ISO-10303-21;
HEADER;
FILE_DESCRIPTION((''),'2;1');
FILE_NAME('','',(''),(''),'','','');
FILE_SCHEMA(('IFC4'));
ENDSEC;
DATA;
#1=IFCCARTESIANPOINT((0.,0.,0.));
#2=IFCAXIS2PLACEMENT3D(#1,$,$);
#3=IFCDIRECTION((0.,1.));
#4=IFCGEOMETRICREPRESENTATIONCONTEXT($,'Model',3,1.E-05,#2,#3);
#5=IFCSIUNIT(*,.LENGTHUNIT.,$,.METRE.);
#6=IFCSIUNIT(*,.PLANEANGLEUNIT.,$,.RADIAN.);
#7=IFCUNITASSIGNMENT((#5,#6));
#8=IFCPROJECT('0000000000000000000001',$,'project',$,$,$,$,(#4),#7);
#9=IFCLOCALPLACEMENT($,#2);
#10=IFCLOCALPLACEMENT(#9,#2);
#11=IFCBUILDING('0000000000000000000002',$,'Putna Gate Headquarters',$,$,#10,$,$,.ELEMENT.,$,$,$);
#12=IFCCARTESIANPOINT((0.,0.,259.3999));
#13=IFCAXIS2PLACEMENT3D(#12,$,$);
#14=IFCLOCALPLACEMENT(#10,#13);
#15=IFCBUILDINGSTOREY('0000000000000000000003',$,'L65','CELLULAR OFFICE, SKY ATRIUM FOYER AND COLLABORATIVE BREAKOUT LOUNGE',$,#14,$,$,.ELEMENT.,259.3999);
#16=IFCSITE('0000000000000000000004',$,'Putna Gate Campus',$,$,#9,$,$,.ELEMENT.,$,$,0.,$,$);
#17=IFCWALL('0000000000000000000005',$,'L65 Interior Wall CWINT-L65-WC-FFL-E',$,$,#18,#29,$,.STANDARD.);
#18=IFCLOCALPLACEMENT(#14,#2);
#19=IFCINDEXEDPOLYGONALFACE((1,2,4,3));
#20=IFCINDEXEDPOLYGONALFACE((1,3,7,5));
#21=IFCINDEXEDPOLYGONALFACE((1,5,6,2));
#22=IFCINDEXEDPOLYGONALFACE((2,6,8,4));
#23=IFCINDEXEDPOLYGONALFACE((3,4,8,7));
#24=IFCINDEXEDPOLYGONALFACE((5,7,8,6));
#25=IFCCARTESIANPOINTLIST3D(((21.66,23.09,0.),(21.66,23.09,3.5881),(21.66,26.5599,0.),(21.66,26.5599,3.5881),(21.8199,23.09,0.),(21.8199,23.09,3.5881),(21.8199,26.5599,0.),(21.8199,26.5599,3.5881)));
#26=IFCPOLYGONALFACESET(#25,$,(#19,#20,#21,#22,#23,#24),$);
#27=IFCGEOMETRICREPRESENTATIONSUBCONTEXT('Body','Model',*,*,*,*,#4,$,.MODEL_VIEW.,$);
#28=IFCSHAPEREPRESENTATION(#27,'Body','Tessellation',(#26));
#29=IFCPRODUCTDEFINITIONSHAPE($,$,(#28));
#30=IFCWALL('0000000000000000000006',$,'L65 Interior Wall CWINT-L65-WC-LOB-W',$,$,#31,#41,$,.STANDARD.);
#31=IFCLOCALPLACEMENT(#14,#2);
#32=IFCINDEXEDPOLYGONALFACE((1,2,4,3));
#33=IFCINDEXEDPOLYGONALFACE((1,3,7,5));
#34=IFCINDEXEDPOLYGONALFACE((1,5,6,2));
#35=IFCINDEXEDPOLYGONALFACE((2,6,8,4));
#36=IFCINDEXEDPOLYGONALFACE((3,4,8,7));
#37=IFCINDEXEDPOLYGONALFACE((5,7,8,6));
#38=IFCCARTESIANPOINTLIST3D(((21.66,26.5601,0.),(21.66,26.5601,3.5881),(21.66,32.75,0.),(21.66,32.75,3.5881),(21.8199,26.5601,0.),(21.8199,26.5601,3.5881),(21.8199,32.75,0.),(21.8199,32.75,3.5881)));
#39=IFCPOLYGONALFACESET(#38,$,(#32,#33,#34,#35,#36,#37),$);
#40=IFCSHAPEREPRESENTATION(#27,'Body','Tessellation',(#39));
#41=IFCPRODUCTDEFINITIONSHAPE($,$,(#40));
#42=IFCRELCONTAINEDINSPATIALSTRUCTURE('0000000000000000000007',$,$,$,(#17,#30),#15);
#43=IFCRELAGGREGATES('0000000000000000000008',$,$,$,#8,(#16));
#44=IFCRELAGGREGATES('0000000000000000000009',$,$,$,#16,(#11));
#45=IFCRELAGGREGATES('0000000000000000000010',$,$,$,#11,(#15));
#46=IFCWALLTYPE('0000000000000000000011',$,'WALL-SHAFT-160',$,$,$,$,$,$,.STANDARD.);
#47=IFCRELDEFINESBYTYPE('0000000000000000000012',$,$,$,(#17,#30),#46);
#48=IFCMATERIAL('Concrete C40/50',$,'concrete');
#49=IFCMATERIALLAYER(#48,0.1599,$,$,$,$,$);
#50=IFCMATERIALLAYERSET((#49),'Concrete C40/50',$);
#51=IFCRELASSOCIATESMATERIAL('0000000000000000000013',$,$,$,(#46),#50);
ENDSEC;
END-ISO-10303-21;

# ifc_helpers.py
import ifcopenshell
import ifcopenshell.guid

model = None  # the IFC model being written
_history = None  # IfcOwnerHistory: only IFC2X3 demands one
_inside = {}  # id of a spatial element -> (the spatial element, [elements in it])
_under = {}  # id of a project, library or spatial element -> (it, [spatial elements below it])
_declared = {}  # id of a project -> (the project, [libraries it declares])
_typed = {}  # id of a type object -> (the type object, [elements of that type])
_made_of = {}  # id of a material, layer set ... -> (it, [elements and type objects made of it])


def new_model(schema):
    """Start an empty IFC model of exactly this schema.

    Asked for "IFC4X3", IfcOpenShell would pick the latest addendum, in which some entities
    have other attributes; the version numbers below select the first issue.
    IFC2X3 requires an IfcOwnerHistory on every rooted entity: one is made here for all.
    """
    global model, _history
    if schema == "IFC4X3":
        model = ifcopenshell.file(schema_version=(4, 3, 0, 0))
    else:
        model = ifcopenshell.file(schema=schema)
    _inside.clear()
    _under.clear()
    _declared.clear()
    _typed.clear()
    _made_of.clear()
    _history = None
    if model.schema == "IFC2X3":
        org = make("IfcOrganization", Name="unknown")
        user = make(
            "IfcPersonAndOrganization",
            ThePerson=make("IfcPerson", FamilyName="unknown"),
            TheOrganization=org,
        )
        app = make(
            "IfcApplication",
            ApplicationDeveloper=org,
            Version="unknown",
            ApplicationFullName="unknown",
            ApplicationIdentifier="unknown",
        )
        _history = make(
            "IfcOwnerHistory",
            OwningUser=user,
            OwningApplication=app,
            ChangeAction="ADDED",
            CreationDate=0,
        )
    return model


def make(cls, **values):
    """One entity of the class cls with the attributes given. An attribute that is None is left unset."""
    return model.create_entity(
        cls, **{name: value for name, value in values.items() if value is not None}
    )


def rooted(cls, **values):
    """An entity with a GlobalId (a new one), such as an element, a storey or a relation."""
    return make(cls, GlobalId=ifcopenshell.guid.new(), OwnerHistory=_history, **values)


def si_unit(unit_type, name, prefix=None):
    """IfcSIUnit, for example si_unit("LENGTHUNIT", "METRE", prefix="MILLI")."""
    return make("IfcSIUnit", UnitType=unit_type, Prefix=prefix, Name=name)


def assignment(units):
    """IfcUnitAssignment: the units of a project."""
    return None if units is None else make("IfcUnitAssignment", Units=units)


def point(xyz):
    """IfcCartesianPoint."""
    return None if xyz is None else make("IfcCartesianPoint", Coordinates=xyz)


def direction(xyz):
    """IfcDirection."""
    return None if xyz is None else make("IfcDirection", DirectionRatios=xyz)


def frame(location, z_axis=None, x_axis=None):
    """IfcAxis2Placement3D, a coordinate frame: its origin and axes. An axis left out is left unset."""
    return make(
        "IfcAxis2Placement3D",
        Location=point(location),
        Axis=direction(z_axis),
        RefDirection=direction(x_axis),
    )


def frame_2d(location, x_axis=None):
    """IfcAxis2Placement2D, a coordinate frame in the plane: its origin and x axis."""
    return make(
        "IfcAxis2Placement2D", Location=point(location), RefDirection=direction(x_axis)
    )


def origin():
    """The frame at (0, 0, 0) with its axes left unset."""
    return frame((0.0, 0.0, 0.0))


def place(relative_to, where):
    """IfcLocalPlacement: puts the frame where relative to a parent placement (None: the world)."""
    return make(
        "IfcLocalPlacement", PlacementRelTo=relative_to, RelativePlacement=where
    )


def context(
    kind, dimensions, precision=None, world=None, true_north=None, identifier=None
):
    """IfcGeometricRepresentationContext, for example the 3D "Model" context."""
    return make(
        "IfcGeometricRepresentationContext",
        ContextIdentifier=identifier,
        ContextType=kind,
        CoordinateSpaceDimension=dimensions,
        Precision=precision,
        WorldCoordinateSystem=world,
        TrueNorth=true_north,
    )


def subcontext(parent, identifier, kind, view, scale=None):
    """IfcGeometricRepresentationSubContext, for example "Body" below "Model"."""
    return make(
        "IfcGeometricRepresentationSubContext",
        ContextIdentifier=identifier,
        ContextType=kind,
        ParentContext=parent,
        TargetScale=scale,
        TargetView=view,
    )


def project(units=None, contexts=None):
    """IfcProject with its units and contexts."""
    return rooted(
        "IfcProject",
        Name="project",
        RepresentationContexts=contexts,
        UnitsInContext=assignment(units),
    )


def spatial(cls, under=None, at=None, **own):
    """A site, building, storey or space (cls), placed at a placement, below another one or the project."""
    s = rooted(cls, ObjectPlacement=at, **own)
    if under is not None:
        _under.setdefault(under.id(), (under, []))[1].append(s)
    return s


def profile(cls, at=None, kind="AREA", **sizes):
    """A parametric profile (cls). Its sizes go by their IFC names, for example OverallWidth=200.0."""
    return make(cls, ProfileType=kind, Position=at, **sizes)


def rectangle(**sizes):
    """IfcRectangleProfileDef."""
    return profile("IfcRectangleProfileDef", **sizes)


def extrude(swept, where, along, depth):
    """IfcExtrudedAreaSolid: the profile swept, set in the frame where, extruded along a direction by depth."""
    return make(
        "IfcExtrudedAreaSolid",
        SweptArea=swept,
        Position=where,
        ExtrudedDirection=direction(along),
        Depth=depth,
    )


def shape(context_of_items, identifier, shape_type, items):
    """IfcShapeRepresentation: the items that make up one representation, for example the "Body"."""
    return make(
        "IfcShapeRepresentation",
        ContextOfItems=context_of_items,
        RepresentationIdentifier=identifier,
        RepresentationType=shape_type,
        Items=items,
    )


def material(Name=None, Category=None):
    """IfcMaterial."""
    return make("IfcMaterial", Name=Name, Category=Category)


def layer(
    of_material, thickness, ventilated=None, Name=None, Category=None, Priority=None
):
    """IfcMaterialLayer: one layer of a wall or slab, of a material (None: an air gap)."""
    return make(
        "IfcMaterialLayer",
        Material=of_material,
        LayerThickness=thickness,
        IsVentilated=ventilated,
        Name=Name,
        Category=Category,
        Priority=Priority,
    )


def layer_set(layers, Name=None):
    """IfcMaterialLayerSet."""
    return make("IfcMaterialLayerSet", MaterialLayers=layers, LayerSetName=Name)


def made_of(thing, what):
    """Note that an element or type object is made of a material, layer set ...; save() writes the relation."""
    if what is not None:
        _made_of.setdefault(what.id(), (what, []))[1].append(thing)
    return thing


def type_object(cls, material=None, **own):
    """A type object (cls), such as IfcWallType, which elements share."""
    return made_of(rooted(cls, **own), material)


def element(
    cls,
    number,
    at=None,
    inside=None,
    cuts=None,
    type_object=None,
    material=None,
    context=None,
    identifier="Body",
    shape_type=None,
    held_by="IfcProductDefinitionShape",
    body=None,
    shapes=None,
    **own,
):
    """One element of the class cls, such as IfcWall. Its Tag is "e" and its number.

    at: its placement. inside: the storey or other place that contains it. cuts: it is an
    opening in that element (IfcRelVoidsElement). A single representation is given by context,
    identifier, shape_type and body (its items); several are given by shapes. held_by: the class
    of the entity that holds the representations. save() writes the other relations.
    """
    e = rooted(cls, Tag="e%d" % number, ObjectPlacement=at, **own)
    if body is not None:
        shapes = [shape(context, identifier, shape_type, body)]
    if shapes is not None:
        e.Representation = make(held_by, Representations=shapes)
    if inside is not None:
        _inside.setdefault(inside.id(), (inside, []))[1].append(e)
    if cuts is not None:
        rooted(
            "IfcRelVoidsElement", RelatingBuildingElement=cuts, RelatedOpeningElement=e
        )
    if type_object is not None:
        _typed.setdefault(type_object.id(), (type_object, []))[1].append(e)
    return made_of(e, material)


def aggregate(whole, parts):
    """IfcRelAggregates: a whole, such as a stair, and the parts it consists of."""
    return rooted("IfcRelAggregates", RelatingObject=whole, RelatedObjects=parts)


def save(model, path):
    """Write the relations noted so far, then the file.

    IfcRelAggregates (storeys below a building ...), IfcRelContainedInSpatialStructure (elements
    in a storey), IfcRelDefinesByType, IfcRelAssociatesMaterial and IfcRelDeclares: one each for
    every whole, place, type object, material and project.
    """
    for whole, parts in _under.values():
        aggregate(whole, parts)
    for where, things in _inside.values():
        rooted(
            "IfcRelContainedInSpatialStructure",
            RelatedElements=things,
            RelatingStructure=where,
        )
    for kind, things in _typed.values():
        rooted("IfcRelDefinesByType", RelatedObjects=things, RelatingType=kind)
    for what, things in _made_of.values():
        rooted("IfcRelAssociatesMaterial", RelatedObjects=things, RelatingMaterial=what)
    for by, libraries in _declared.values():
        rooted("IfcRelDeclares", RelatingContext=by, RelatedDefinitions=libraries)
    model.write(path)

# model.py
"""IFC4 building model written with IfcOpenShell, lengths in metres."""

from ifc_helpers import new_model, si_unit, direction, frame, frame_2d, origin, place, context, subcontext, project, spatial, rectangle, extrude, material, layer, layer_set, type_object, element, save


model = new_model("IFC4")

# Units and contexts
model_context = context("Model", 3, precision=1e-05, world=origin(), true_north=direction((0.0, 1.0)))
body_context = subcontext(model_context, "Body", "Model", "MODEL_VIEW")
ifc_project = project(units=[si_unit("LENGTHUNIT", "METRE"), si_unit("PLANEANGLEUNIT", "RADIAN")], contexts=[model_context])

# Site, building, storey
site_placement = place(None, origin())
site = spatial("IfcSite", under=ifc_project, at=site_placement, Name="Putna Gate Campus", CompositionType="ELEMENT", RefElevation=0.0)
building_placement = place(site_placement, origin())
building = spatial("IfcBuilding", under=site, at=building_placement, Name="Putna Gate Headquarters", CompositionType="ELEMENT")
storey_placement = place(building_placement, frame((0.0, 0.0, 259.3999)))
storey = spatial("IfcBuildingStorey", under=building, at=storey_placement, Name="L65", Description="CELLULAR OFFICE, SKY ATRIUM FOYER AND COLLABORATIVE BREAKOUT LOUNGE", CompositionType="ELEMENT", Elevation=259.3999)

# Walls
ifc_material_1 = material(Name="Concrete C40/50", Category="concrete")
ifc_layer_1 = layer(ifc_material_1, 0.1599)
ifc_layer_set_1 = layer_set([ifc_layer_1], Name="Concrete C40/50")
wall_type_1 = type_object("IfcWallType", Name="WALL-SHAFT-160", PredefinedType="STANDARD", material=ifc_layer_set_1)
wall_1_placement = place(storey_placement, frame((21.74, 23.0901, 0.0), z_axis=(0.0, 0.0, 1.0), x_axis=(0.0, 1.0, 0.0)))
element("IfcWall", 1, at=wall_1_placement, inside=storey, type_object=wall_type_1, Name="L65 Interior Wall CWINT-L65-WC-FFL-E", PredefinedType="STANDARD", context=body_context, shape_type="SweptSolid", body=[
    extrude(rectangle(XDim=3.47, YDim=0.1599, at=frame_2d((1.7349, 0.0))), origin(), (0.0, 0.0, 1.0), 3.5881),
])
wall_2_placement = place(storey_placement, frame((21.74, 26.5601, 0.0), z_axis=(0.0, 0.0, 1.0), x_axis=(0.0, 1.0, 0.0)))
element("IfcWall", 2, at=wall_2_placement, inside=storey, type_object=wall_type_1, Name="L65 Interior Wall CWINT-L65-WC-LOB-W", PredefinedType="STANDARD", context=body_context, shape_type="SweptSolid", body=[
    extrude(rectangle(XDim=6.1899, YDim=0.1599, at=frame_2d((3.095, 0.0))), origin(), (0.0, 0.0, 1.0), 3.5881),
])

save(model, "model.ifc")
